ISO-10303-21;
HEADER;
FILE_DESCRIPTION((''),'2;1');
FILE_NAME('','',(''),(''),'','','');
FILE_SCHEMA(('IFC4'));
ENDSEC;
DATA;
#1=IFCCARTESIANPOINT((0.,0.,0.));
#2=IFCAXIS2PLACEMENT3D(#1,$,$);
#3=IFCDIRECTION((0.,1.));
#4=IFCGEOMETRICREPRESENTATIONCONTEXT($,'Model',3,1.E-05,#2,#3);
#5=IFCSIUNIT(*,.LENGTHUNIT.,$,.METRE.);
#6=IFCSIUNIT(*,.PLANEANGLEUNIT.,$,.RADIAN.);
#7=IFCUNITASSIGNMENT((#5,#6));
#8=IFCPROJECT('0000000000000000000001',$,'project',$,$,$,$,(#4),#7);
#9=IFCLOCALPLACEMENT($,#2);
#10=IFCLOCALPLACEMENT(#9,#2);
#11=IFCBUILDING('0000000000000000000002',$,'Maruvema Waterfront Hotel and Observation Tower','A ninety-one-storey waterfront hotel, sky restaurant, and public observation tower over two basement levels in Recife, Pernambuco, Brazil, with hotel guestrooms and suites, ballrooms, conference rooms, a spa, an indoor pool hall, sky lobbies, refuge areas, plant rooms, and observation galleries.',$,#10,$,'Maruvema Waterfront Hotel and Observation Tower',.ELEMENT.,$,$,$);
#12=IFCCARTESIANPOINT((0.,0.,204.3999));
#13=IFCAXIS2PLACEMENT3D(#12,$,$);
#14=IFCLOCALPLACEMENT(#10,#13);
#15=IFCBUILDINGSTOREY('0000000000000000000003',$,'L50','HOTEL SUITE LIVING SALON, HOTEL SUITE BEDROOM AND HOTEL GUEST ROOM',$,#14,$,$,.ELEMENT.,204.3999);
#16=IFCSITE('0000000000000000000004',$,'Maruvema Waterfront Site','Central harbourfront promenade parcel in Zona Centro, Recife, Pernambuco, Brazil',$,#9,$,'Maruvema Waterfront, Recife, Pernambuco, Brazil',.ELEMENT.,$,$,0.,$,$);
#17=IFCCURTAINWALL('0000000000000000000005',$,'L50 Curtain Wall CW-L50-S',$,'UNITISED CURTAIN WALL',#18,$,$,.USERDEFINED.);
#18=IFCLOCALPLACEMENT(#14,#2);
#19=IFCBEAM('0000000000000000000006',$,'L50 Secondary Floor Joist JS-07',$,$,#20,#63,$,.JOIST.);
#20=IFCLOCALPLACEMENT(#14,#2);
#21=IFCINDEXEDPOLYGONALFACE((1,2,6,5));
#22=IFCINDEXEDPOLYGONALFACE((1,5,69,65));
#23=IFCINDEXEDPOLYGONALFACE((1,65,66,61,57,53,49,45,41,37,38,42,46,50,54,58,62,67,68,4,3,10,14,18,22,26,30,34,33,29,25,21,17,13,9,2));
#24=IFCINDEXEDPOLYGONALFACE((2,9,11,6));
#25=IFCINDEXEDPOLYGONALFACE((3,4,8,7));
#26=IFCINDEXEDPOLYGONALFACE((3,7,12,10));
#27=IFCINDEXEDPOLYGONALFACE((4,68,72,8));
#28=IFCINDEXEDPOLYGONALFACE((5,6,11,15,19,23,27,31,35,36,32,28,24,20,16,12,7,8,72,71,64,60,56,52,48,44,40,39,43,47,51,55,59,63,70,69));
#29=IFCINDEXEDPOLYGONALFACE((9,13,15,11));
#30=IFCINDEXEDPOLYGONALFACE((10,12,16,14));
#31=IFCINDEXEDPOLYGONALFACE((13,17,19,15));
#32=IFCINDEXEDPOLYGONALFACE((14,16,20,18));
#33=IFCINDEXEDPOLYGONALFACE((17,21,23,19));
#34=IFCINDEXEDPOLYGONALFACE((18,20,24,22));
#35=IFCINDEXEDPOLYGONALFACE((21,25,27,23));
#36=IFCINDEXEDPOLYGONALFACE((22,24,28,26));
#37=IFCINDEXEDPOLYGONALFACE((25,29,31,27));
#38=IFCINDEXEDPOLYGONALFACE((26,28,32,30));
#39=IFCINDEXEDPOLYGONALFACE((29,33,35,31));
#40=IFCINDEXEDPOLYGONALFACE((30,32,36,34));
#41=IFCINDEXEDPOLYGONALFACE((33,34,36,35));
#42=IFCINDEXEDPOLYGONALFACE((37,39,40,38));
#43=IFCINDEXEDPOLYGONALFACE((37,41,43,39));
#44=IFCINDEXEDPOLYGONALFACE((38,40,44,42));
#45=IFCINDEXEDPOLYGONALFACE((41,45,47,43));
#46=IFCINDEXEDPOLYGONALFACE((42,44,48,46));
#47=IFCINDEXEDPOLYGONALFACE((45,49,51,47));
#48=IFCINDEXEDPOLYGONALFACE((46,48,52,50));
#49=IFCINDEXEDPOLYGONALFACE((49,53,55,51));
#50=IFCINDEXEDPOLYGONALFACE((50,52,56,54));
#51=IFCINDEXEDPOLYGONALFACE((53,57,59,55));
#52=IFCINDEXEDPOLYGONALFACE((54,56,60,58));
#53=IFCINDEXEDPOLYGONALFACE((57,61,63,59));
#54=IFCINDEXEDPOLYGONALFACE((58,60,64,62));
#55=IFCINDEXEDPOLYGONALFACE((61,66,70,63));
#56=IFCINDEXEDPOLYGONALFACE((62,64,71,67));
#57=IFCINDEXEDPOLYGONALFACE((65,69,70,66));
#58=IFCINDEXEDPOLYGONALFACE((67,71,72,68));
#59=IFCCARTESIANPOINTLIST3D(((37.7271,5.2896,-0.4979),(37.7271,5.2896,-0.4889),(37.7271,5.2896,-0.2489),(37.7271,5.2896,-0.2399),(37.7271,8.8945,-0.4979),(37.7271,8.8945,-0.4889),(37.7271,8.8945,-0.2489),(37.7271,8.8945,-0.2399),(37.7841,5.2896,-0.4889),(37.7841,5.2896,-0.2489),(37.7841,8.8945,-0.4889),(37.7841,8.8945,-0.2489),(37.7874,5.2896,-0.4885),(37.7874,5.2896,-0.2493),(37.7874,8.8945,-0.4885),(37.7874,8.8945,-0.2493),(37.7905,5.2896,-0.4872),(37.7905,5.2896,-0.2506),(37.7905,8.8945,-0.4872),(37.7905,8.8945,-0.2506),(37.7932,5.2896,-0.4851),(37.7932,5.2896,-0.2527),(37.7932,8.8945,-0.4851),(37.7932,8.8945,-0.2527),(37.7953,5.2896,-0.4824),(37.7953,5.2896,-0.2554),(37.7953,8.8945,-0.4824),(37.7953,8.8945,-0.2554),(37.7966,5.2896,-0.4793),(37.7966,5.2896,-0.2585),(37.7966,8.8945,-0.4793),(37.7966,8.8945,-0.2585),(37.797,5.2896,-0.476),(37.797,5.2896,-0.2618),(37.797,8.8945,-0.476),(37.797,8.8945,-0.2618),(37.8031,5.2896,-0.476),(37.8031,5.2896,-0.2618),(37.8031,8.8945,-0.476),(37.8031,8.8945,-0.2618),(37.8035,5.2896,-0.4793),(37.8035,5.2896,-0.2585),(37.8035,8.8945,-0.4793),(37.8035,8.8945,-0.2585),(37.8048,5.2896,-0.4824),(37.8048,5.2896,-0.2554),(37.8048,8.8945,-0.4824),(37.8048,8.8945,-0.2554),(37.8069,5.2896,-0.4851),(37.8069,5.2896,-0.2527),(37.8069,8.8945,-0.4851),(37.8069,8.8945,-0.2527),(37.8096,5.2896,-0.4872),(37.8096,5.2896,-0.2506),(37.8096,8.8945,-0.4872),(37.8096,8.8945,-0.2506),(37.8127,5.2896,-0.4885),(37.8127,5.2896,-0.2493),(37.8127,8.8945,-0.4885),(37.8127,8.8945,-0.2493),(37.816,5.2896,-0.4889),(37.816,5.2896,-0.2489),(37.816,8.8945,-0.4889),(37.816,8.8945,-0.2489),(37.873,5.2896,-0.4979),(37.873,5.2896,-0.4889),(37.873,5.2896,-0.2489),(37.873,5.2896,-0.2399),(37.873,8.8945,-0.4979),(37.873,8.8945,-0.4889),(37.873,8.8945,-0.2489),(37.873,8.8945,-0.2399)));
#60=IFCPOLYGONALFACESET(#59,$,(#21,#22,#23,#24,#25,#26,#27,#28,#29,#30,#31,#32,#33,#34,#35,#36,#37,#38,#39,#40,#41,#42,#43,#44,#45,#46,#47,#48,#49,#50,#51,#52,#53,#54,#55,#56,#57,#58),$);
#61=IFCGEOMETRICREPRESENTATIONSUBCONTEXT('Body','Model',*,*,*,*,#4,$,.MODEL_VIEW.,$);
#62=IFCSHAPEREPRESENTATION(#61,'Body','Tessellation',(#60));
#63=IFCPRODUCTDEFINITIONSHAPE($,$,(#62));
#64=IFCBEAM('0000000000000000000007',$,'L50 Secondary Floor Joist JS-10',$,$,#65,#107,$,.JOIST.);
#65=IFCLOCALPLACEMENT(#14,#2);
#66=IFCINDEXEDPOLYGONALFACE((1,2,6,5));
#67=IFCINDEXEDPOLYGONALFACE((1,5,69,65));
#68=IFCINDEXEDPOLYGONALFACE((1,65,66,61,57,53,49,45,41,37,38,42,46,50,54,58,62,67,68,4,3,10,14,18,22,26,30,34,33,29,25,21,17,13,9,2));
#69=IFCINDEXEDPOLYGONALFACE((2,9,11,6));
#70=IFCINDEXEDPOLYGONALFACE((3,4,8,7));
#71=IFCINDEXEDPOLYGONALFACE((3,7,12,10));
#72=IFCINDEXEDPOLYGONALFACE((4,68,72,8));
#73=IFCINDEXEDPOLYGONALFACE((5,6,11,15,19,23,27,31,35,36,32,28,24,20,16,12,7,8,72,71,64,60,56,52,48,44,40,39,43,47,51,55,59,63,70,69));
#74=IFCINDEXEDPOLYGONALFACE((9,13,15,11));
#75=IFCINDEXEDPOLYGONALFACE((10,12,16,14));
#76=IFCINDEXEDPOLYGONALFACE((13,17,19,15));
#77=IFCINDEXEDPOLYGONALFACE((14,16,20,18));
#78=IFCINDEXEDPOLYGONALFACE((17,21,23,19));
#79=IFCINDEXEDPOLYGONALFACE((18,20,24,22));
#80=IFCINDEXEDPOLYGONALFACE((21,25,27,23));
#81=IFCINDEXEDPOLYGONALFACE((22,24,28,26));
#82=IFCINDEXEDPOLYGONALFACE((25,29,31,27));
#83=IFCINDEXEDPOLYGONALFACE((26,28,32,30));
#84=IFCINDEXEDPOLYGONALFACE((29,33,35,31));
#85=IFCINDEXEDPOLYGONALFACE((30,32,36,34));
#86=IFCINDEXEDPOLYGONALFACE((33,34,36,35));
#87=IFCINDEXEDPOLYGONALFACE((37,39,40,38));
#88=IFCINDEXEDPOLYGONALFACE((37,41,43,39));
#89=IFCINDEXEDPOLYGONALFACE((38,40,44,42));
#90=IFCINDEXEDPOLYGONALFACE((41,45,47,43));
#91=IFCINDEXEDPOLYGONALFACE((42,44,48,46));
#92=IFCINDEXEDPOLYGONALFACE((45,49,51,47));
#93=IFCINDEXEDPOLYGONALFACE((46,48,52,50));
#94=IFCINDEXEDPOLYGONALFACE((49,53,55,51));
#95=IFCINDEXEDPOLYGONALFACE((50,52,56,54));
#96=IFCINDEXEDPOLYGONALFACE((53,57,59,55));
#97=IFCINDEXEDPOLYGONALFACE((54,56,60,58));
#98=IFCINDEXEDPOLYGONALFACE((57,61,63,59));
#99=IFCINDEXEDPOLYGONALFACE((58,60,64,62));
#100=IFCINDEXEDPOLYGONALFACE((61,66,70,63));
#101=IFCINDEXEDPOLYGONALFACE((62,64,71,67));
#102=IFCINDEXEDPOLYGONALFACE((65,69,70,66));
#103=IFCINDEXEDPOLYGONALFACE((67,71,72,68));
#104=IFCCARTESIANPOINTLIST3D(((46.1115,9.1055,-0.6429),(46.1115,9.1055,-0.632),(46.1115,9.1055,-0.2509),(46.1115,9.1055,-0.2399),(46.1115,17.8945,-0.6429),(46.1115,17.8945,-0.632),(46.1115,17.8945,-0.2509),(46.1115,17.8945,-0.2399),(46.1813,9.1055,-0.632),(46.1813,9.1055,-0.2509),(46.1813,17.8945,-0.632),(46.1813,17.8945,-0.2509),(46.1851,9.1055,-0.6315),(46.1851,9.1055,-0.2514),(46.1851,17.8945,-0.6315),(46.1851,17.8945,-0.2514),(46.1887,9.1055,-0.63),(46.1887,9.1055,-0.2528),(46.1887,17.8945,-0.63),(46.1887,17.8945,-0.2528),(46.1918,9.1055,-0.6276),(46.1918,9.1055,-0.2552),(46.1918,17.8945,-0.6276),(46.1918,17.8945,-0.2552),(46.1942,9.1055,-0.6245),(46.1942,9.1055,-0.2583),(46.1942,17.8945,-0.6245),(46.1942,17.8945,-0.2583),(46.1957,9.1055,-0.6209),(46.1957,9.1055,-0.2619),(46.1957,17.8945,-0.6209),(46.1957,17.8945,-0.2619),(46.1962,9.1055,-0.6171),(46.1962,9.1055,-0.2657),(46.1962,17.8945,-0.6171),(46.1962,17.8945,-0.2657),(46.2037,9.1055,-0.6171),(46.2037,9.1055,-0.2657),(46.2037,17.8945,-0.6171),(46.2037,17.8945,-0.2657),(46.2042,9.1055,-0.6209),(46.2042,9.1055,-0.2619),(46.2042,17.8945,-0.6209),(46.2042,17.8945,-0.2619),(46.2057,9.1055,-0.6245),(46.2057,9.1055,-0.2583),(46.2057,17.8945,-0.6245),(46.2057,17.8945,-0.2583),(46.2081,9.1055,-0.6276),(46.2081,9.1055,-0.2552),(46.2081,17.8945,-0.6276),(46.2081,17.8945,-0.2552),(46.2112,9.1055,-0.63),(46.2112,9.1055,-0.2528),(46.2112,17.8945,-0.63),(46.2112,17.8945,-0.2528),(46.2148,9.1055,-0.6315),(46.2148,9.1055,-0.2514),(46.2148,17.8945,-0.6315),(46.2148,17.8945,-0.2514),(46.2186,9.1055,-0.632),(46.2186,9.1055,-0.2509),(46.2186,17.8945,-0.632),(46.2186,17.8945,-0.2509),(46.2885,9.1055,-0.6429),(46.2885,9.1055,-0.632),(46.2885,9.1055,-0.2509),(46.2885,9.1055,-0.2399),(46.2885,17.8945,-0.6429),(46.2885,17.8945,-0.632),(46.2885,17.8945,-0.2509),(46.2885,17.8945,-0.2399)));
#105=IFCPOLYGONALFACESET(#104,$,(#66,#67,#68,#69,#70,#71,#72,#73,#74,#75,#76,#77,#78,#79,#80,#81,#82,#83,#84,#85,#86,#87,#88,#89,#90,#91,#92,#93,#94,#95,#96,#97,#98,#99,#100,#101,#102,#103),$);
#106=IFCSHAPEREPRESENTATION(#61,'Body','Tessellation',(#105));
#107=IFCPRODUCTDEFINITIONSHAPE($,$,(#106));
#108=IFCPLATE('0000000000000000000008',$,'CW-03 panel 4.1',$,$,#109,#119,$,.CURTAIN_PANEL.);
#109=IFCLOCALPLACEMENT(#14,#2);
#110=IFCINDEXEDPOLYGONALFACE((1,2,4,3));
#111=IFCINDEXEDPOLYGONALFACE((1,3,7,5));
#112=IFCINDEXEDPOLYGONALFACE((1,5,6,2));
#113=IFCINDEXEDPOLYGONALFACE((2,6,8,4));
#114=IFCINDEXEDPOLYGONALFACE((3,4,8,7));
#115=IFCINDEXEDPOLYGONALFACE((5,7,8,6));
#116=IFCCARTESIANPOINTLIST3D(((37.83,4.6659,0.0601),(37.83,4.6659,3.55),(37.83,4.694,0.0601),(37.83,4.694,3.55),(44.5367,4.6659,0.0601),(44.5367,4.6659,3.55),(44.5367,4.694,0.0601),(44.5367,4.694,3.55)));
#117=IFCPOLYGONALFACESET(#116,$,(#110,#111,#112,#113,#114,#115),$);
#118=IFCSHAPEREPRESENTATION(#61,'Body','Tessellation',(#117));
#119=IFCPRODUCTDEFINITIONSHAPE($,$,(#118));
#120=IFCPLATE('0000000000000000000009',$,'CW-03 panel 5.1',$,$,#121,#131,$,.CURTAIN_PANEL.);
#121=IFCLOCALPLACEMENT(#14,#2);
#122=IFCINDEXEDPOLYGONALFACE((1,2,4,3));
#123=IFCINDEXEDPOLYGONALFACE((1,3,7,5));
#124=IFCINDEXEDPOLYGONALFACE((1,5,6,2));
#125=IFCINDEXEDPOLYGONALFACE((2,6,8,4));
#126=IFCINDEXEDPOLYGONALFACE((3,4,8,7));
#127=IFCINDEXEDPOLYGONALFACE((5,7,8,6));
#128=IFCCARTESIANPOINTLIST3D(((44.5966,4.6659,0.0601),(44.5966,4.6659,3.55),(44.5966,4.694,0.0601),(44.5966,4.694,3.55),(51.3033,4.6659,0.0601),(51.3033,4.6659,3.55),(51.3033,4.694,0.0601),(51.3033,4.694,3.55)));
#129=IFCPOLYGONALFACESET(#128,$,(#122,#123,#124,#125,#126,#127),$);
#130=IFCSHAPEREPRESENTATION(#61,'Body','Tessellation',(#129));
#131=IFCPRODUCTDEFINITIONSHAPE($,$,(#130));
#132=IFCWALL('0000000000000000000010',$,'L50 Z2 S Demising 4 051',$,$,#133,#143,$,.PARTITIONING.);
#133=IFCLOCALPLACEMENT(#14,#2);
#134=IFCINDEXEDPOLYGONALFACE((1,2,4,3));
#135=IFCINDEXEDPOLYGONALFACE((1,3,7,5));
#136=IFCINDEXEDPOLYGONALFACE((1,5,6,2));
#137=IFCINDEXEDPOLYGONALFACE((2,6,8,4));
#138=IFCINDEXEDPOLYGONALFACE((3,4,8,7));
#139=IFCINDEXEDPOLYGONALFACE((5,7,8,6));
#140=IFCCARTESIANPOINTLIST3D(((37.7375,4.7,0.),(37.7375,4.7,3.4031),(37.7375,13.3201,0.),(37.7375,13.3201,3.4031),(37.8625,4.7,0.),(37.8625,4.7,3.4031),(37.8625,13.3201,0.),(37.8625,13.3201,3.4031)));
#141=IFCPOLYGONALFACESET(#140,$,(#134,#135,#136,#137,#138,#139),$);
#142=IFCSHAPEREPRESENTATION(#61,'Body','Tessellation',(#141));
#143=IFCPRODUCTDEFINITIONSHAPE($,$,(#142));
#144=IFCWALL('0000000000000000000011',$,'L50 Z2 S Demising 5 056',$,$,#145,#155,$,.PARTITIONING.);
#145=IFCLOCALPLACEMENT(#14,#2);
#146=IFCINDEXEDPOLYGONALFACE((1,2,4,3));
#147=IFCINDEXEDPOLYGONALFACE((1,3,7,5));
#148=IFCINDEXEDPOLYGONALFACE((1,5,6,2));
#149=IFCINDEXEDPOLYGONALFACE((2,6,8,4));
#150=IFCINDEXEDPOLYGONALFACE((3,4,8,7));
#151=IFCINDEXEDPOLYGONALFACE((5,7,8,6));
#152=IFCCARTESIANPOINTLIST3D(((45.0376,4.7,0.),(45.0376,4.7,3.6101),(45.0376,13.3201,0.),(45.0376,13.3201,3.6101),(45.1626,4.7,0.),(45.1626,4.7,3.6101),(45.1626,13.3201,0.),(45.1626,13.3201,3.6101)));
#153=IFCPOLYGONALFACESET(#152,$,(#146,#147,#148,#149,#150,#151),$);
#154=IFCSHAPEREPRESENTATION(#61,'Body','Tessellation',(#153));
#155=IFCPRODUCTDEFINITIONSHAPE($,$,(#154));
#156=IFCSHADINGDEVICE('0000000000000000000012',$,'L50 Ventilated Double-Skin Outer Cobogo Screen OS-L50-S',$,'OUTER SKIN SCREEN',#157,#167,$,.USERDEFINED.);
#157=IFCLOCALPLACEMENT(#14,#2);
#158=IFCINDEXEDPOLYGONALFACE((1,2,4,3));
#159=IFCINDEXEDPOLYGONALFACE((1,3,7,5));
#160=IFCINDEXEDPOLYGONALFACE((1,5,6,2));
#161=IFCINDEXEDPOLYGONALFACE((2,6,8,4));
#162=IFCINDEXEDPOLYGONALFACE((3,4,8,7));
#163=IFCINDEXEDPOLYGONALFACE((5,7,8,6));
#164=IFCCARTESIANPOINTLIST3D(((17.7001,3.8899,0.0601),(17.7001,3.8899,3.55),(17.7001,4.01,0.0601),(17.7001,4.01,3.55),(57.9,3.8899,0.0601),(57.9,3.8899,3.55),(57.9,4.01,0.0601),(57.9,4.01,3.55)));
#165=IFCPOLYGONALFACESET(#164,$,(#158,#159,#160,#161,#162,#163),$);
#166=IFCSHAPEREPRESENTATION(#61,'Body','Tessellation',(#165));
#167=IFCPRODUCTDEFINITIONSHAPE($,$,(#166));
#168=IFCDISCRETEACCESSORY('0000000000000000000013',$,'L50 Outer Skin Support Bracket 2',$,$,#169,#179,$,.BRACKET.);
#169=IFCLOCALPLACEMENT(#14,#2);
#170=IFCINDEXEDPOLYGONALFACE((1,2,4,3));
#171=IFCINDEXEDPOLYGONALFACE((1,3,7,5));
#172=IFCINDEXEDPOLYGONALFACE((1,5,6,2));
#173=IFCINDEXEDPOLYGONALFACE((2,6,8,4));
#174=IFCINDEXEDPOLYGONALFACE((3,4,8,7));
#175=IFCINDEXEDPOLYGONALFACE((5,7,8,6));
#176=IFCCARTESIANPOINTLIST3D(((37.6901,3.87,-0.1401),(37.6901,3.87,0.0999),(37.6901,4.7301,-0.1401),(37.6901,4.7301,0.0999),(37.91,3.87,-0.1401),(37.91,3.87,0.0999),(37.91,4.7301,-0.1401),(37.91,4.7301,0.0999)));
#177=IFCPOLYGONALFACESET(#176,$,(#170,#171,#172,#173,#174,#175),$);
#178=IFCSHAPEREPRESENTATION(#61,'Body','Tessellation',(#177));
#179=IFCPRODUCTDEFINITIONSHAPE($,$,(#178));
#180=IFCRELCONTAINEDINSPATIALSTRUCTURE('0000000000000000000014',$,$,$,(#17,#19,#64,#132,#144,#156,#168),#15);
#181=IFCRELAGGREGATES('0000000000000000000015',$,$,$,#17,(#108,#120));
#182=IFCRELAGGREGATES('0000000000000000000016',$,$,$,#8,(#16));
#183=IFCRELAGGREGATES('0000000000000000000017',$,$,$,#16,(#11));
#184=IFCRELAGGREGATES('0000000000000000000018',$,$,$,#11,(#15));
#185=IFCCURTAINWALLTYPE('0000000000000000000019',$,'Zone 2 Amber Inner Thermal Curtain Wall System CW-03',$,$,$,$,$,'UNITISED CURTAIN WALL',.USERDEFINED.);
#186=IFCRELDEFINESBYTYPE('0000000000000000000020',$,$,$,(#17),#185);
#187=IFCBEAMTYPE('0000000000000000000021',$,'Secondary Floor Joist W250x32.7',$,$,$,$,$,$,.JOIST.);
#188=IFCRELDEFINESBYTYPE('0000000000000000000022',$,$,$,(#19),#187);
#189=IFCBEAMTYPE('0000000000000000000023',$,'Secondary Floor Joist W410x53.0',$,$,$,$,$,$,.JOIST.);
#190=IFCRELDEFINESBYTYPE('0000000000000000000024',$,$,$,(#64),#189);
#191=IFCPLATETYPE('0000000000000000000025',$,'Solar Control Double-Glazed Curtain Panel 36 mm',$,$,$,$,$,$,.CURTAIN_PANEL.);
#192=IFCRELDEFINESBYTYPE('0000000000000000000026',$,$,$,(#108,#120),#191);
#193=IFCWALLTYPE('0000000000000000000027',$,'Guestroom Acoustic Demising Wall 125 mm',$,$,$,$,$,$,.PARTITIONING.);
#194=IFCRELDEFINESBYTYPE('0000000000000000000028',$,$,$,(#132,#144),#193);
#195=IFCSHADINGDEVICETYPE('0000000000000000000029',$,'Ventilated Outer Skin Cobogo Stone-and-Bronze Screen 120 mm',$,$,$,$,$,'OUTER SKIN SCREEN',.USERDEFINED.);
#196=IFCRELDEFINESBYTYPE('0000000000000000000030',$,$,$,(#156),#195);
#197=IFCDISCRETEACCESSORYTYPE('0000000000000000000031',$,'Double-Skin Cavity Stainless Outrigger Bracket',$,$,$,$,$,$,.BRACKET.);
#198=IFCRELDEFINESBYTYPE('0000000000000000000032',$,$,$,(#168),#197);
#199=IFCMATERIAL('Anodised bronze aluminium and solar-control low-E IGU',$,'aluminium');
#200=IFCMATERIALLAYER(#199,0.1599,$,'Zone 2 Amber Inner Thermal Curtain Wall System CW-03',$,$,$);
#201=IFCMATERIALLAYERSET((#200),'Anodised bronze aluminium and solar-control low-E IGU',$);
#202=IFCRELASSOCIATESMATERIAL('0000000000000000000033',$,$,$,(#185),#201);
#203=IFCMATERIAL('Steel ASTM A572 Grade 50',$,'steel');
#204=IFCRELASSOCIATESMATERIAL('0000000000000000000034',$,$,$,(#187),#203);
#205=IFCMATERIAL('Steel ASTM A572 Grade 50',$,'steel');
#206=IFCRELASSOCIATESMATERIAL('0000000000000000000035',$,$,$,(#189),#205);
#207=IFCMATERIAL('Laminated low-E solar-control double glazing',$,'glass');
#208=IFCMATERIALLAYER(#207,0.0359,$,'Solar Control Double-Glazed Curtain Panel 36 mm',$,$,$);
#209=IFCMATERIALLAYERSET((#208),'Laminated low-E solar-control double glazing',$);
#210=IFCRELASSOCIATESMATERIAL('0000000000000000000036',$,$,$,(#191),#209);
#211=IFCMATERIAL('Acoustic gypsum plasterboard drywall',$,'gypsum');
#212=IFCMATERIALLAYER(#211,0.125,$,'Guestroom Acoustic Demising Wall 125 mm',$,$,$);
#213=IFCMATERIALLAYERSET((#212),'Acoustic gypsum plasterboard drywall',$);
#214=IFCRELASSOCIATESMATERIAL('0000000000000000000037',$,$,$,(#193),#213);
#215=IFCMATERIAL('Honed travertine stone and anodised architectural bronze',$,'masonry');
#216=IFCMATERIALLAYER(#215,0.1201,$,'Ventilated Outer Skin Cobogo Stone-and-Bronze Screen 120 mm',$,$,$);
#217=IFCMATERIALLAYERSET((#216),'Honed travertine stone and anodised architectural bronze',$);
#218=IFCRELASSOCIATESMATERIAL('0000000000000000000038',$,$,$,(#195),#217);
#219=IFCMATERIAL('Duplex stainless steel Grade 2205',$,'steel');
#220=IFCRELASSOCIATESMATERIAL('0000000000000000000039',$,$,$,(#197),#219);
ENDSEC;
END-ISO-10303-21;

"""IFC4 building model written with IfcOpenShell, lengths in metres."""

from ifc_helpers import new_model, si_unit, direction, frame, frame_2d, origin, origin_2d, place, context, subcontext, project, spatial, rectangle, i_section, extrude, material, layer, layer_set, material_profile, profile_set, type_object, element, aggregate, save


model = new_model("IFC4")

# Units and contexts
model_context = context("Model", 3, precision=1e-05, world=origin(), true_north=direction((0.0, 1.0)))
body_context = subcontext(model_context, "Body", "Model", "MODEL_VIEW")
ifc_project = project(units=[si_unit("LENGTHUNIT", "METRE"), si_unit("PLANEANGLEUNIT", "RADIAN")], contexts=[model_context])

# Site, building, storey
site_placement = place(None, origin())
site = spatial("IfcSite", under=ifc_project, at=site_placement, Name="Maruvema Waterfront Site", Description="Central harbourfront promenade parcel in Zona Centro, Recife, Pernambuco, Brazil", LongName="Maruvema Waterfront, Recife, Pernambuco, Brazil", CompositionType="ELEMENT", RefElevation=0.0)
building_placement = place(site_placement, origin())
building = spatial("IfcBuilding", under=site, at=building_placement, Name="Maruvema Waterfront Hotel and Observation Tower", Description="A ninety-one-storey waterfront hotel, sky restaurant, and public observation tower over two basement levels in Recife, Pernambuco, Brazil, with hotel guestrooms and suites, ballrooms, conference rooms, a spa, an indoor pool hall, sky lobbies, refuge areas, plant rooms, and observation galleries.", LongName="Maruvema Waterfront Hotel and Observation Tower", CompositionType="ELEMENT")
storey_placement = place(building_placement, frame((0.0, 0.0, 204.3999)))
storey = spatial("IfcBuildingStorey", under=building, at=storey_placement, Name="L50", Description="HOTEL SUITE LIVING SALON, HOTEL SUITE BEDROOM AND HOTEL GUEST ROOM", CompositionType="ELEMENT", Elevation=204.3999)

# Curtain wall
ifc_material_1 = material(Name="Anodised bronze aluminium and solar-control low-E IGU", Category="aluminium")
ifc_layer_1 = layer(ifc_material_1, 0.1599, Name="Zone 2 Amber Inner Thermal Curtain Wall System CW-03")
ifc_layer_set_1 = layer_set([ifc_layer_1], Name="Anodised bronze aluminium and solar-control low-E IGU")
curtain_wall_type = type_object("IfcCurtainWallType", Name="Zone 2 Amber Inner Thermal Curtain Wall System CW-03", ElementType="UNITISED CURTAIN WALL", PredefinedType="USERDEFINED", material=ifc_layer_set_1)
curtain_wall_placement = place(storey_placement, origin())
curtain_wall = element("IfcCurtainWall", 1, at=curtain_wall_placement, inside=storey, type_object=curtain_wall_type, Name="L50 Curtain Wall CW-L50-S", ObjectType="UNITISED CURTAIN WALL", PredefinedType="USERDEFINED")

# Beams
ifc_material_2 = material(Name="Steel ASTM A572 Grade 50", Category="steel")
ifc_material_profile_1 = material_profile(ifc_material_2, i_section(OverallWidth=0.146, OverallDepth=0.2581, WebThickness=0.0061, FlangeThickness=0.009, FilletRadius=0.0129, at=origin_2d()), Name="W250x32.7")
ifc_profile_set_1 = profile_set([ifc_material_profile_1], Name="Steel ASTM A572 Grade 50")
beam_type_1 = type_object("IfcBeamType", Name="Secondary Floor Joist W250x32.7", PredefinedType="JOIST", material=ifc_profile_set_1)
beam_1_placement = place(storey_placement, frame((37.8, 5.2896, -0.3689), z_axis=(0.0, 1.0, 0.0), x_axis=(-1.0, 0.0, 0.0)))
element("IfcBeam", 2, at=beam_1_placement, inside=storey, type_object=beam_type_1, Name="L50 Secondary Floor Joist JS-07", PredefinedType="JOIST", context=body_context, shape_type="SweptSolid", body=[
    extrude(i_section(OverallWidth=0.146, OverallDepth=0.2581, WebThickness=0.0061, FlangeThickness=0.009, FilletRadius=0.0129, at=origin_2d()), origin(), (0.0, 0.0, 1.0), 3.605),
])
ifc_material_3 = material(Name="Steel ASTM A572 Grade 50", Category="steel")
ifc_material_profile_2 = material_profile(ifc_material_3, i_section(OverallWidth=0.177, OverallDepth=0.4031, WebThickness=0.0076, FlangeThickness=0.011, FilletRadius=0.0149, at=origin_2d()), Name="W410x53.0")
ifc_profile_set_2 = profile_set([ifc_material_profile_2], Name="Steel ASTM A572 Grade 50")
beam_type_2 = type_object("IfcBeamType", Name="Secondary Floor Joist W410x53.0", PredefinedType="JOIST", material=ifc_profile_set_2)
beam_2_placement = place(storey_placement, frame((46.2, 9.1055, -0.4414), z_axis=(0.0, 1.0, 0.0), x_axis=(-1.0, 0.0, 0.0)))
element("IfcBeam", 3, at=beam_2_placement, inside=storey, type_object=beam_type_2, Name="L50 Secondary Floor Joist JS-10", PredefinedType="JOIST", context=body_context, shape_type="SweptSolid", body=[
    extrude(i_section(OverallWidth=0.177, OverallDepth=0.4031, WebThickness=0.0076, FlangeThickness=0.011, FilletRadius=0.0149, at=origin_2d()), origin(), (0.0, 0.0, 1.0), 8.7891),
])

# Plates
ifc_material_4 = material(Name="Laminated low-E solar-control double glazing", Category="glass")
ifc_layer_2 = layer(ifc_material_4, 0.0359, Name="Solar Control Double-Glazed Curtain Panel 36 mm")
ifc_layer_set_2 = layer_set([ifc_layer_2], Name="Laminated low-E solar-control double glazing")
plate_type = type_object("IfcPlateType", Name="Solar Control Double-Glazed Curtain Panel 36 mm", PredefinedType="CURTAIN_PANEL", material=ifc_layer_set_2)
plate_1_placement = place(storey_placement, frame((41.1833, 4.6799, 0.0601), z_axis=(0.0, 0.0, 1.0), x_axis=(1.0, 0.0, 0.0)))
plate_1 = element("IfcPlate", 4, at=plate_1_placement, type_object=plate_type, Name="CW-03 panel 4.1", PredefinedType="CURTAIN_PANEL", context=body_context, shape_type="SweptSolid", body=[
    extrude(rectangle(XDim=6.7068, YDim=0.0281, at=origin_2d()), origin(), (0.0, 0.0, 1.0), 3.49),
])
plate_2_placement = place(storey_placement, frame((47.95, 4.6799, 0.0601), z_axis=(0.0, 0.0, 1.0), x_axis=(1.0, 0.0, 0.0)))
plate_2 = element("IfcPlate", 5, at=plate_2_placement, type_object=plate_type, Name="CW-03 panel 5.1", PredefinedType="CURTAIN_PANEL", context=body_context, shape_type="SweptSolid", body=[
    extrude(rectangle(XDim=6.7068, YDim=0.0281, at=origin_2d()), origin(), (0.0, 0.0, 1.0), 3.49),
])
aggregate(curtain_wall, [plate_1, plate_2])

# Walls
ifc_material_5 = material(Name="Acoustic gypsum plasterboard drywall", Category="gypsum")
ifc_layer_3 = layer(ifc_material_5, 0.125, Name="Guestroom Acoustic Demising Wall 125 mm")
ifc_layer_set_3 = layer_set([ifc_layer_3], Name="Acoustic gypsum plasterboard drywall")
wall_type = type_object("IfcWallType", Name="Guestroom Acoustic Demising Wall 125 mm", PredefinedType="PARTITIONING", material=ifc_layer_set_3)
wall_1_placement = place(storey_placement, frame((37.8, 4.7, 0.0), z_axis=(0.0, 0.0, 1.0), x_axis=(0.0, 1.0, 0.0)))
element("IfcWall", 6, at=wall_1_placement, inside=storey, type_object=wall_type, Name="L50 Z2 S Demising 4 051", PredefinedType="PARTITIONING", context=body_context, shape_type="SweptSolid", body=[
    extrude(rectangle(XDim=8.6201, YDim=0.125, at=frame_2d((4.3101, 0.0))), origin(), (0.0, 0.0, 1.0), 3.4031),
])
wall_2_placement = place(storey_placement, frame((45.1001, 4.7, 0.0), z_axis=(0.0, 0.0, 1.0), x_axis=(0.0, 1.0, 0.0)))
element("IfcWall", 7, at=wall_2_placement, inside=storey, type_object=wall_type, Name="L50 Z2 S Demising 5 056", PredefinedType="PARTITIONING", context=body_context, shape_type="SweptSolid", body=[
    extrude(rectangle(XDim=8.6201, YDim=0.125, at=frame_2d((4.3101, 0.0))), origin(), (0.0, 0.0, 1.0), 3.6101),
])

# Shading device
ifc_material_6 = material(Name="Honed travertine stone and anodised architectural bronze", Category="masonry")
ifc_layer_4 = layer(ifc_material_6, 0.1201, Name="Ventilated Outer Skin Cobogo Stone-and-Bronze Screen 120 mm")
ifc_layer_set_4 = layer_set([ifc_layer_4], Name="Honed travertine stone and anodised architectural bronze")
shading_device_type = type_object("IfcShadingDeviceType", Name="Ventilated Outer Skin Cobogo Stone-and-Bronze Screen 120 mm", ElementType="OUTER SKIN SCREEN", PredefinedType="USERDEFINED", material=ifc_layer_set_4)
shading_device_placement = place(storey_placement, frame((37.8, 3.95, 0.0601), z_axis=(0.0, 0.0, 1.0), x_axis=(1.0, 0.0, 0.0)))
element("IfcShadingDevice", 8, at=shading_device_placement, inside=storey, type_object=shading_device_type, Name="L50 Ventilated Double-Skin Outer Cobogo Screen OS-L50-S", ObjectType="OUTER SKIN SCREEN", PredefinedType="USERDEFINED", context=body_context, shape_type="SweptSolid", body=[
    extrude(rectangle(XDim=40.2, YDim=0.1201, at=origin_2d()), origin(), (0.0, 0.0, 1.0), 3.49),
])

# Discrete accessory
ifc_material_7 = material(Name="Duplex stainless steel Grade 2205", Category="steel")
discrete_accessory_type = type_object("IfcDiscreteAccessoryType", Name="Double-Skin Cavity Stainless Outrigger Bracket", PredefinedType="BRACKET", material=ifc_material_7)
discrete_accessory_placement = place(storey_placement, frame((37.8, 4.3, -0.1401), z_axis=(0.0, 0.0, 1.0), x_axis=(1.0, 0.0, 0.0)))
element("IfcDiscreteAccessory", 9, at=discrete_accessory_placement, inside=storey, type_object=discrete_accessory_type, Name="L50 Outer Skin Support Bracket 2", PredefinedType="BRACKET", context=body_context, shape_type="SweptSolid", body=[
    extrude(rectangle(XDim=0.22, YDim=0.8601, at=origin_2d()), origin(), (0.0, 0.0, 1.0), 0.24),
])

save(model, "model.ifc")
